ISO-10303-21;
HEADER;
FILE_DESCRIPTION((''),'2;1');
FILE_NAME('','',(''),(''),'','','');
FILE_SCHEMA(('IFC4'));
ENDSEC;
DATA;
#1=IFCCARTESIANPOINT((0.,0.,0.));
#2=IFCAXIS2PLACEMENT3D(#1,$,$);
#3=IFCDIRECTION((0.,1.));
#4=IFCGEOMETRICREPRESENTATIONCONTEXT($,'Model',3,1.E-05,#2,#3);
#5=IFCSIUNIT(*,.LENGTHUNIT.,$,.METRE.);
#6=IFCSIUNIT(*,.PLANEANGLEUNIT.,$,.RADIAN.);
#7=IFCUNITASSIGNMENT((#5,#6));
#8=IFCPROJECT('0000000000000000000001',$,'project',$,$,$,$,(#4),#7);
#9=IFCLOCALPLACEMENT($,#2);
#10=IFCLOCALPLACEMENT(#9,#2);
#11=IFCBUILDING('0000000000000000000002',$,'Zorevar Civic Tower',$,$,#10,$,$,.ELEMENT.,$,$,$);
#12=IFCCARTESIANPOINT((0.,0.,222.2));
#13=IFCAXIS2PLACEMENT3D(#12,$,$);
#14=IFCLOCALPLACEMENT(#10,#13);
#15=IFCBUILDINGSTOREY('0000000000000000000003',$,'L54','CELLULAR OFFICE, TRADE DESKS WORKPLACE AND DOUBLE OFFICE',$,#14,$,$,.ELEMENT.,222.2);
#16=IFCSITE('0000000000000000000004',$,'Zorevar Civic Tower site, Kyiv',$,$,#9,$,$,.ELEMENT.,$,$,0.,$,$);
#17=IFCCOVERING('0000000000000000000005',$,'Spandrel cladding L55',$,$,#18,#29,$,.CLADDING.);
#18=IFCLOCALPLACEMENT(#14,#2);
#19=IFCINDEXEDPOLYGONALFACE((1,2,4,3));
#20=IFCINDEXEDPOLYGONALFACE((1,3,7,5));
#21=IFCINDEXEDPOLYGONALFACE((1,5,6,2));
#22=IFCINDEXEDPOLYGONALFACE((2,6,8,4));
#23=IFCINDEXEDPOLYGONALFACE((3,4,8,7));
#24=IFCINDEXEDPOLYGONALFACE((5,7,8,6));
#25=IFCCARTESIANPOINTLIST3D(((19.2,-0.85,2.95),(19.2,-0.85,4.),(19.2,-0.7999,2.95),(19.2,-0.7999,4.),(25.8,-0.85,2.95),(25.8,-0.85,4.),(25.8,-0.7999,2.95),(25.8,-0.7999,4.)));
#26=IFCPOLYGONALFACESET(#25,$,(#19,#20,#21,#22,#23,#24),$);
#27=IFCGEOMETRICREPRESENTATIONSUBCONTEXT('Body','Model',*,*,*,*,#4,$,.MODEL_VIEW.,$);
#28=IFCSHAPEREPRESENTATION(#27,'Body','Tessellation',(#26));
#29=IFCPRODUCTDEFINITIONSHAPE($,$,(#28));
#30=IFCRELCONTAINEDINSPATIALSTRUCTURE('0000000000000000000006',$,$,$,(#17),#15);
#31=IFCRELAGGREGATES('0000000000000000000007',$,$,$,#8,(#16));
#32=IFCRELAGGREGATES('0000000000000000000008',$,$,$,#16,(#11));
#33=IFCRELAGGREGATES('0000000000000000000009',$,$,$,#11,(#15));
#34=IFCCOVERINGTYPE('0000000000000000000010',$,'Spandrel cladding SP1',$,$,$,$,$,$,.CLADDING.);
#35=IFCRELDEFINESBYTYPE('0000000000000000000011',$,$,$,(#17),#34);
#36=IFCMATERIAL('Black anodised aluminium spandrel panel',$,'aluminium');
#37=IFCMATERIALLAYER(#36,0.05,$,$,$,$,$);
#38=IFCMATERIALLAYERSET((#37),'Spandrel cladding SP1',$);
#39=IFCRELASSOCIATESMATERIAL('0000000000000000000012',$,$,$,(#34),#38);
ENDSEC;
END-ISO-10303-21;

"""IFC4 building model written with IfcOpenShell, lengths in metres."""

from ifc_helpers import new_model, si_unit, direction, frame, frame_2d, origin, place, context, subcontext, project, spatial, rectangle, extrude, material, layer, layer_set, type_object, element, save


model = new_model("IFC4")

# Units and contexts
model_context = context("Model", 3, precision=1e-05, world=origin(), true_north=direction((0.0, 1.0)))
body_context = subcontext(model_context, "Body", "Model", "MODEL_VIEW")
ifc_project = project(units=[si_unit("LENGTHUNIT", "METRE"), si_unit("PLANEANGLEUNIT", "RADIAN")], contexts=[model_context])

# Site, building, storey
site_placement = place(None, origin())
site = spatial("IfcSite", under=ifc_project, at=site_placement, Name="Zorevar Civic Tower site, Kyiv", CompositionType="ELEMENT", RefElevation=0.0)
building_placement = place(site_placement, origin())
building = spatial("IfcBuilding", under=site, at=building_placement, Name="Zorevar Civic Tower", CompositionType="ELEMENT")
storey_placement = place(building_placement, frame((0.0, 0.0, 222.2)))
storey = spatial("IfcBuildingStorey", under=building, at=storey_placement, Name="L54", Description="CELLULAR OFFICE, TRADE DESKS WORKPLACE AND DOUBLE OFFICE", CompositionType="ELEMENT", Elevation=222.2)

# Covering
ifc_material_1 = material(Name="Black anodised aluminium spandrel panel", Category="aluminium")
ifc_layer_1 = layer(ifc_material_1, 0.05)
ifc_layer_set_1 = layer_set([ifc_layer_1], Name="Spandrel cladding SP1")
covering_type = type_object("IfcCoveringType", Name="Spandrel cladding SP1", PredefinedType="CLADDING", material=ifc_layer_set_1)
covering_1_placement = place(storey_placement, frame((19.2, -0.825, 2.95), z_axis=(0.0, 0.0, 1.0), x_axis=(1.0, 0.0, 0.0)))
element("IfcCovering", 1, at=covering_1_placement, inside=storey, type_object=covering_type, Name="Spandrel cladding L55", PredefinedType="CLADDING", context=body_context, shape_type="SweptSolid", body=[
    extrude(rectangle(XDim=6.6001, YDim=0.05, at=frame_2d((3.3, 0.0))), origin(), (0.0, 0.0, 1.0), 1.05),
])

save(model, "model.ifc")
